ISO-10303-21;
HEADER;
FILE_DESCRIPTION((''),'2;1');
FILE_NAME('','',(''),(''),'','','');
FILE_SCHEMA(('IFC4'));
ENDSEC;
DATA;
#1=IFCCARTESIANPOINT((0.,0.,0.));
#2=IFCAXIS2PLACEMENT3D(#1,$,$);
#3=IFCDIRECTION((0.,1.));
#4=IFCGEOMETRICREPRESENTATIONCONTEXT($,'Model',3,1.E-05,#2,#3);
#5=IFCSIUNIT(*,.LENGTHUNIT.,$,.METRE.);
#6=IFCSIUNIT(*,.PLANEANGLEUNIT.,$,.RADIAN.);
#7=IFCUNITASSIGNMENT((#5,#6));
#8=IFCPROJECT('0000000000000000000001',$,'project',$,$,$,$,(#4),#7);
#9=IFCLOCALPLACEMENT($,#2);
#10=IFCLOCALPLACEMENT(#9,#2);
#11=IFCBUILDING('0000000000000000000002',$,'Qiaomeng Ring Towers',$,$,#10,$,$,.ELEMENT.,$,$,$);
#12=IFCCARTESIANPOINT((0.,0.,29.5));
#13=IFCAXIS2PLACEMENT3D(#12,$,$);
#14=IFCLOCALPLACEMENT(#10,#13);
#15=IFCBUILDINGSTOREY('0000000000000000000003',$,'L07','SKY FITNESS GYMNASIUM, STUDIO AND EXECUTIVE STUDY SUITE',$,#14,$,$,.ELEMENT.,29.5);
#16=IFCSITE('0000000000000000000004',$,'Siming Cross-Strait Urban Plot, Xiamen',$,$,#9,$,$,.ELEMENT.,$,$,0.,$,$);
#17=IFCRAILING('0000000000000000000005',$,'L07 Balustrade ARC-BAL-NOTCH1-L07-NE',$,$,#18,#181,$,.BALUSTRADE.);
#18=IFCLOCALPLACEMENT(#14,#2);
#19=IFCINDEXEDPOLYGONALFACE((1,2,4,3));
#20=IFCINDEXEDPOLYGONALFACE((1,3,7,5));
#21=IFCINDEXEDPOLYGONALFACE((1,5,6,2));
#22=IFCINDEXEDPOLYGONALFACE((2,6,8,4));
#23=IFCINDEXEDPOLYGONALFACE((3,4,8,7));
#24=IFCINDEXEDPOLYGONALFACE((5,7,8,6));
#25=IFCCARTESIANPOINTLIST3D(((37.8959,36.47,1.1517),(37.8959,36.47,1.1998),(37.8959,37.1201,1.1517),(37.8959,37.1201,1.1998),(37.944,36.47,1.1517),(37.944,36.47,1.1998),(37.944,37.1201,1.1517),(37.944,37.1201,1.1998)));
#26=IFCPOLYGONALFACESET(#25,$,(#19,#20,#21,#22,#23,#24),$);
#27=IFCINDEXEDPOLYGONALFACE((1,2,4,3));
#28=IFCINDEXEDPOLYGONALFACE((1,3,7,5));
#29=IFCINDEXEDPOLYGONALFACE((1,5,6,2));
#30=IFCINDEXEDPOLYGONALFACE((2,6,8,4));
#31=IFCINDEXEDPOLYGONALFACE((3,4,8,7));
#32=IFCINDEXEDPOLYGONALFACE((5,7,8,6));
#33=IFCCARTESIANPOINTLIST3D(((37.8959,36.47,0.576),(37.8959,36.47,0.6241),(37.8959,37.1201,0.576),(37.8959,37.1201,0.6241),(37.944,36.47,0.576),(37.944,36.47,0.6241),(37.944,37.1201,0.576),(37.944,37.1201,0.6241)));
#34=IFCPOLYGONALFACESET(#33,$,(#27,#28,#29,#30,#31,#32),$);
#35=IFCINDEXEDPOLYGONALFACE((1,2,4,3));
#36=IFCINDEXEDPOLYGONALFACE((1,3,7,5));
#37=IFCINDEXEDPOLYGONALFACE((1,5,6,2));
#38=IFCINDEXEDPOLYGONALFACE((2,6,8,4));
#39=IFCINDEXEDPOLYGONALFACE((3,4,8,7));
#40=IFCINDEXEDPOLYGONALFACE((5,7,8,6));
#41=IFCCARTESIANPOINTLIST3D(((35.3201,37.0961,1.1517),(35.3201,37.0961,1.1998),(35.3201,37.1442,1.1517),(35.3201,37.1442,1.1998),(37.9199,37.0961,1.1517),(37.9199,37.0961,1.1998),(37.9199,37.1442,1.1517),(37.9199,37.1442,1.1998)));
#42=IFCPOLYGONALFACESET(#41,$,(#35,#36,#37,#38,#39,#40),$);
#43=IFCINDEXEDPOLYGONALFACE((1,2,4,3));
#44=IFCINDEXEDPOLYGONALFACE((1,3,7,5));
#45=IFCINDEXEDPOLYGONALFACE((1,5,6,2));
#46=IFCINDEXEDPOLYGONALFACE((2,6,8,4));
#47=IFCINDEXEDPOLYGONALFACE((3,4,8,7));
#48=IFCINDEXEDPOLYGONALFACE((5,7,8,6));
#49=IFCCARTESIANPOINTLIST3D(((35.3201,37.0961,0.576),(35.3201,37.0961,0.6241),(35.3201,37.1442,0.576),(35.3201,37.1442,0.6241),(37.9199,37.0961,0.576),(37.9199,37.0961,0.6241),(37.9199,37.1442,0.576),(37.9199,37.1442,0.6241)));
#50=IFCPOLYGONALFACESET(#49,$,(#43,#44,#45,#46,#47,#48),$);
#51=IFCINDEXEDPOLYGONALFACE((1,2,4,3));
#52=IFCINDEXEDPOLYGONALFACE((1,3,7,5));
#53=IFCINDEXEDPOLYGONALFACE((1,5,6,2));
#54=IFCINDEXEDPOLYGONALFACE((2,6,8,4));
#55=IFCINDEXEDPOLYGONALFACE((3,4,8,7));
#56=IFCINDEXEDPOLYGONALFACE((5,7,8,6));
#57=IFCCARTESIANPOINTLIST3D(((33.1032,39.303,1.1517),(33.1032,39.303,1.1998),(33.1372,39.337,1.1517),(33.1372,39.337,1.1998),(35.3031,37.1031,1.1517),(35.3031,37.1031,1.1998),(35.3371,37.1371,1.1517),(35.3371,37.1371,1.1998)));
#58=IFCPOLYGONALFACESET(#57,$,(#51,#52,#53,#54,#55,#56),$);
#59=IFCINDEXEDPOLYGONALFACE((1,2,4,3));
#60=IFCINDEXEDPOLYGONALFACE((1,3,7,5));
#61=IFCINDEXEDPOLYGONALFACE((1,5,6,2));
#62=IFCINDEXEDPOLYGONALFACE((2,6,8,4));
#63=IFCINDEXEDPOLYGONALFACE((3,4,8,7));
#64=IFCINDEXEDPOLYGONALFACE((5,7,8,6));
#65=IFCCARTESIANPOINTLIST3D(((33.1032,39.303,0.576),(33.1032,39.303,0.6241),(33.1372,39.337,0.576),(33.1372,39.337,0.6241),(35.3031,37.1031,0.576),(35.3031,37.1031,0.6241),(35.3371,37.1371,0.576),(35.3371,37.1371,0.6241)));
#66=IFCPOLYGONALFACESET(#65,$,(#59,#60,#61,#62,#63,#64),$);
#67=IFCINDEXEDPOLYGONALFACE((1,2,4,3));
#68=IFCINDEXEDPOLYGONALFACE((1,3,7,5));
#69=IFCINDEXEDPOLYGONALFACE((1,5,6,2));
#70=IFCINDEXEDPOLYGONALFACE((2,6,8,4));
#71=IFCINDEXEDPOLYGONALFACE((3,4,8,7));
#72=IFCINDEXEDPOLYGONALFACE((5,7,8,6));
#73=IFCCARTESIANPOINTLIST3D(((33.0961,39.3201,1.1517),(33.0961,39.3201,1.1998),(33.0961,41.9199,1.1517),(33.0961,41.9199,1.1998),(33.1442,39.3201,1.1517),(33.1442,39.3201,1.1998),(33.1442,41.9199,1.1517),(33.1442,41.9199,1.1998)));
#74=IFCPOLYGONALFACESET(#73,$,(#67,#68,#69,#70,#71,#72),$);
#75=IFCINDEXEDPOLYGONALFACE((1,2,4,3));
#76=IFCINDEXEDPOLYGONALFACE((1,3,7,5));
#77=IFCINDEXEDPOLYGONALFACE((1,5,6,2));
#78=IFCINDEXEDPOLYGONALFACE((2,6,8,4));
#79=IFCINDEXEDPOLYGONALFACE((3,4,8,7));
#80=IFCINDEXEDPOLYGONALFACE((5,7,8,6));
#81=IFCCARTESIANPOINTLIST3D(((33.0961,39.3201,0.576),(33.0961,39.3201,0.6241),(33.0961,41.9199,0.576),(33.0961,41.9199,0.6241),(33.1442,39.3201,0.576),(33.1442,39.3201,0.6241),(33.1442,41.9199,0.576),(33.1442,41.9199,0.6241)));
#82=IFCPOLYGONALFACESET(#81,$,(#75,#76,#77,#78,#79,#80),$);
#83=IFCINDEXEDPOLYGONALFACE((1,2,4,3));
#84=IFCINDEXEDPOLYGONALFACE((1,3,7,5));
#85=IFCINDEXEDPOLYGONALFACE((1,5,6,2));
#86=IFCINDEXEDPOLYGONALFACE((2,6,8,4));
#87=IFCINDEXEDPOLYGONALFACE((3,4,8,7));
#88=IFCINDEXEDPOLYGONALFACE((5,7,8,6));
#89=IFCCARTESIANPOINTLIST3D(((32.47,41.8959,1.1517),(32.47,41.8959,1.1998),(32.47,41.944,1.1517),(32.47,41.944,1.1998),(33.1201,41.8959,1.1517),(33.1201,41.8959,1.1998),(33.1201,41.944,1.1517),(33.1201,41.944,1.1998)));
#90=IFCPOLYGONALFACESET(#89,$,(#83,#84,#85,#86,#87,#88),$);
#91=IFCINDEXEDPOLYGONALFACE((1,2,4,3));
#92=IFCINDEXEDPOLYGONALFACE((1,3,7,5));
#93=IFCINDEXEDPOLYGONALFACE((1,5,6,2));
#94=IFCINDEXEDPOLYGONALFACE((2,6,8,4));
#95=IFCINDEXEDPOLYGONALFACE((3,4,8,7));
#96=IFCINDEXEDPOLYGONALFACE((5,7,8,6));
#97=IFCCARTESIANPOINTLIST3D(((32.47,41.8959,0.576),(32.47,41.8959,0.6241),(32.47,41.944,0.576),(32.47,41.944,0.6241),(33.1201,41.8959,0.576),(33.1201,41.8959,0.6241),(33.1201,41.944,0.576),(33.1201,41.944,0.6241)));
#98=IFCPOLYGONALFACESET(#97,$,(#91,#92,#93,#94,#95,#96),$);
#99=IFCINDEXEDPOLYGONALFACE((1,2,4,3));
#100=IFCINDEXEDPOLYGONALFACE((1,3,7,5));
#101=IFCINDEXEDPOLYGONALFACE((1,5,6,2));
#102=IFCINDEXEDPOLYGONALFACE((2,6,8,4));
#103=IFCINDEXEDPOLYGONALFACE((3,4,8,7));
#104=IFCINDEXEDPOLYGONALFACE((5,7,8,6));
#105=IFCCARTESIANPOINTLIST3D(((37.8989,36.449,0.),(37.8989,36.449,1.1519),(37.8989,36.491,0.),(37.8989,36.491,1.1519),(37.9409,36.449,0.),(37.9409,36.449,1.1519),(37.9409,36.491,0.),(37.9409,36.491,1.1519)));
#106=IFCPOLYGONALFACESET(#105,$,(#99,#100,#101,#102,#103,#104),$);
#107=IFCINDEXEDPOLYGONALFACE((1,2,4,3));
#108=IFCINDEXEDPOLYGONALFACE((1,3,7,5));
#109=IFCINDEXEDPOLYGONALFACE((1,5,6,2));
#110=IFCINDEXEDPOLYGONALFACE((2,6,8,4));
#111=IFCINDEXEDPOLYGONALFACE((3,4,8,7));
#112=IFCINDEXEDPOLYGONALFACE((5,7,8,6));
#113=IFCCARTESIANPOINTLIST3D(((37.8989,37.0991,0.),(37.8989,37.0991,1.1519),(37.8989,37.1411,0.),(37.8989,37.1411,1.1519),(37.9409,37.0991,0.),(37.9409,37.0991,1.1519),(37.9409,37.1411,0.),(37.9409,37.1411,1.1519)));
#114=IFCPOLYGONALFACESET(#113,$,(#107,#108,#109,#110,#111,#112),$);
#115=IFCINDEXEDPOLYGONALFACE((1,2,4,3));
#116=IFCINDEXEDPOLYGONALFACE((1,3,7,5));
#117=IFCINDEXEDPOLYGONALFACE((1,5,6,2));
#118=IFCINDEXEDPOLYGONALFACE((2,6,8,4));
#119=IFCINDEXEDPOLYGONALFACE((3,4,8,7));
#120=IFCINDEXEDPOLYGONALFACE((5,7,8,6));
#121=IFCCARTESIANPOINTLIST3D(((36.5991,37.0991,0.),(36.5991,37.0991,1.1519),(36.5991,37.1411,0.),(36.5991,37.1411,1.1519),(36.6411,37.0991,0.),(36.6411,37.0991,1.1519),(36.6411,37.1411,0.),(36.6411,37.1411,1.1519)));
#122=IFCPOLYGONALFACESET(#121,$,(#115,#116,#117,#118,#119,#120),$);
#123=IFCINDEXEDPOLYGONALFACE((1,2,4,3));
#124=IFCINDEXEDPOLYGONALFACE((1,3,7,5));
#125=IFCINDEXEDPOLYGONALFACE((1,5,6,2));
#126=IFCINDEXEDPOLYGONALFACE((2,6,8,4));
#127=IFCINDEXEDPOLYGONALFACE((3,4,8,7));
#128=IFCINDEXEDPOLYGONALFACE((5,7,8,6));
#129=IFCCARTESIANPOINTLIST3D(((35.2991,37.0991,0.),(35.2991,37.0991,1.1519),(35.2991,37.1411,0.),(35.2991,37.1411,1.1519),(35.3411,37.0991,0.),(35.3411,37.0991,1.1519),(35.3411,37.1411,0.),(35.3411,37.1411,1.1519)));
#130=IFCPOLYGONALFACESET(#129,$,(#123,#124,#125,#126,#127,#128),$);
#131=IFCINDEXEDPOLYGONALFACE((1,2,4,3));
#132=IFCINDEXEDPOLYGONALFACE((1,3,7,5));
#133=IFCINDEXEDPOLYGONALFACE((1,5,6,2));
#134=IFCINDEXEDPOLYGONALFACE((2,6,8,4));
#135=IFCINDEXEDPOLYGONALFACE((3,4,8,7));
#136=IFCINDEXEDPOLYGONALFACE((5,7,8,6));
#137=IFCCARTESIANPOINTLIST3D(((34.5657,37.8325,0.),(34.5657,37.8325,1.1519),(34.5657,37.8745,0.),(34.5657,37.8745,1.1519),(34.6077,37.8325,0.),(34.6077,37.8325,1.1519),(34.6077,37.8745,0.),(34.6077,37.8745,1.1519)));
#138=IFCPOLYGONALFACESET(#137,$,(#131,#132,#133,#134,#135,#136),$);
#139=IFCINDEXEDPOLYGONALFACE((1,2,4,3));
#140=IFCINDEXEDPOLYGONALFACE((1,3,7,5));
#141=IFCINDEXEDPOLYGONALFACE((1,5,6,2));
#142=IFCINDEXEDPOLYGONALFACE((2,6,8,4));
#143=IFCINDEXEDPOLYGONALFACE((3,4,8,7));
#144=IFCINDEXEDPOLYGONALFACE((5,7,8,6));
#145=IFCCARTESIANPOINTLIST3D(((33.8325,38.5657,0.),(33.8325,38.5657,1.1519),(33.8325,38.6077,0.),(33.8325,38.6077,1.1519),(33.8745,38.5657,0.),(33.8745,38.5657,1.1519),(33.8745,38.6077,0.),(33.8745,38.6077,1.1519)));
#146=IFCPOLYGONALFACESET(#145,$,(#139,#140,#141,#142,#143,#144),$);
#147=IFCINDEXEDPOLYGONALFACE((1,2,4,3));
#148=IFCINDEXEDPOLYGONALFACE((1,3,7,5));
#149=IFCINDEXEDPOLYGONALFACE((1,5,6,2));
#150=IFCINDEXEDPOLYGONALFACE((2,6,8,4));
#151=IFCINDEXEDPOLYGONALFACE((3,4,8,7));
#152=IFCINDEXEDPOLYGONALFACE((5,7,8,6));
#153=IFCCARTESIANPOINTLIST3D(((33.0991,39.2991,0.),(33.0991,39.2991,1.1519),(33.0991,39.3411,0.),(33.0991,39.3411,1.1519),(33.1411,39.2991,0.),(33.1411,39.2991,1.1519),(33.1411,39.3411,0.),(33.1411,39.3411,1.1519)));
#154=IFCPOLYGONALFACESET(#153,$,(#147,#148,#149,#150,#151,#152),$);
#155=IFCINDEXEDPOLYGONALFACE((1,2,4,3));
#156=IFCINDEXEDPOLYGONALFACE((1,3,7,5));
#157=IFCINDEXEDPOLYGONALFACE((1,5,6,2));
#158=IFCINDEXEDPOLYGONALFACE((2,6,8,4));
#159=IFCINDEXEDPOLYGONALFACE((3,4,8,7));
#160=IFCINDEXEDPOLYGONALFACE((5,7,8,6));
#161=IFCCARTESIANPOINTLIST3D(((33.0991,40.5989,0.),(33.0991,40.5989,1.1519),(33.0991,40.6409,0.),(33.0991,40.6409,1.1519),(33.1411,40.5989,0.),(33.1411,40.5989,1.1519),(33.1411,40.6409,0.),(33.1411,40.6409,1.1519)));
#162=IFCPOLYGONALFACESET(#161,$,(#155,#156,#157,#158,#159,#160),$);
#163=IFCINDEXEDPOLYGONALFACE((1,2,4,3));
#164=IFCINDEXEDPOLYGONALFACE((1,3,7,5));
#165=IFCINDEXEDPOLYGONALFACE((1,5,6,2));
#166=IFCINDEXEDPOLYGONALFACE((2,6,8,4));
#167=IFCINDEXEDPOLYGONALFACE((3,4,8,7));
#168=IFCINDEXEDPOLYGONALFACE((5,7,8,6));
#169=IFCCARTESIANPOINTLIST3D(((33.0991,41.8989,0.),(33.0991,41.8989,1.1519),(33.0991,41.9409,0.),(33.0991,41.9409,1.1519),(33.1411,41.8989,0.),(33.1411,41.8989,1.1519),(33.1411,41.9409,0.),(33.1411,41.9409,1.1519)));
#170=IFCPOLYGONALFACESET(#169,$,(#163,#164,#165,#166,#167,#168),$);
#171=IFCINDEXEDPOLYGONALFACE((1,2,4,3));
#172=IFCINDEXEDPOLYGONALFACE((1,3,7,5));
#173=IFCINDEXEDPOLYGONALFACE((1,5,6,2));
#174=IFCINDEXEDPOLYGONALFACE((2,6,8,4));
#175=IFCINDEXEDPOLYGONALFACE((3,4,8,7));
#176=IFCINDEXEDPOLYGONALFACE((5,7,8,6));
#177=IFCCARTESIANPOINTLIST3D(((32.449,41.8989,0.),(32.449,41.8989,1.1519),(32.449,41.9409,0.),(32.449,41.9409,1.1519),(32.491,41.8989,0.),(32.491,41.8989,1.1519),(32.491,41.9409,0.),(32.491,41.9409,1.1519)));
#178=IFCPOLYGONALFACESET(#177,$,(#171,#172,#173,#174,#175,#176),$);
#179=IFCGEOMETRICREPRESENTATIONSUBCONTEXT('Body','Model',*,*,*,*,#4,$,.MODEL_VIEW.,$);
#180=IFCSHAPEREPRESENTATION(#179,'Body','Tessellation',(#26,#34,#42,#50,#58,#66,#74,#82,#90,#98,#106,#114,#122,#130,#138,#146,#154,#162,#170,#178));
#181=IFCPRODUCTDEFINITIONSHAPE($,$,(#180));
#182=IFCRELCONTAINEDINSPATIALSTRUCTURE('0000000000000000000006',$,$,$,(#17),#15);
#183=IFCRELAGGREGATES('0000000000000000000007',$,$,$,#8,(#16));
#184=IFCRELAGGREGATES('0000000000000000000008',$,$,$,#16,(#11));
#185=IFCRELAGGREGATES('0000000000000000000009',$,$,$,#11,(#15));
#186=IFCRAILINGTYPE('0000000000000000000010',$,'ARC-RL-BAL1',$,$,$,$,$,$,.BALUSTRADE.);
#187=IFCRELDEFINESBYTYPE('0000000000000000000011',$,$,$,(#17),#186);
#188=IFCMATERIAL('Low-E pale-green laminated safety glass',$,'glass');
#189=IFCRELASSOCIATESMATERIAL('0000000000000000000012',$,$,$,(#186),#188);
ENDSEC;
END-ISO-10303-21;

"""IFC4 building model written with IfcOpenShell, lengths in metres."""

from ifc_helpers import new_model, si_unit, direction, frame, origin, origin_2d, place, context, subcontext, project, spatial, rectangle, extrude, material, type_object, element, save


model = new_model("IFC4")

# Units and contexts
model_context = context("Model", 3, precision=1e-05, world=origin(), true_north=direction((0.0, 1.0)))
body_context = subcontext(model_context, "Body", "Model", "MODEL_VIEW")
ifc_project = project(units=[si_unit("LENGTHUNIT", "METRE"), si_unit("PLANEANGLEUNIT", "RADIAN")], contexts=[model_context])

# Site, building, storey
site_placement = place(None, origin())
site = spatial("IfcSite", under=ifc_project, at=site_placement, Name="Siming Cross-Strait Urban Plot, Xiamen", CompositionType="ELEMENT", RefElevation=0.0)
building_placement = place(site_placement, origin())
building = spatial("IfcBuilding", under=site, at=building_placement, Name="Qiaomeng Ring Towers", CompositionType="ELEMENT")
storey_placement = place(building_placement, frame((0.0, 0.0, 29.5)))
storey = spatial("IfcBuildingStorey", under=building, at=storey_placement, Name="L07", Description="SKY FITNESS GYMNASIUM, STUDIO AND EXECUTIVE STUDY SUITE", CompositionType="ELEMENT", Elevation=29.5)

# Railing
ifc_material_1 = material(Name="Low-E pale-green laminated safety glass", Category="glass")
railing_type = type_object("IfcRailingType", Name="ARC-RL-BAL1", PredefinedType="BALUSTRADE", material=ifc_material_1)
railing_placement = place(storey_placement, frame((37.9199, 36.47, 0.0)))
element("IfcRailing", 1, at=railing_placement, inside=storey, type_object=railing_type, Name="L07 Balustrade ARC-BAL-NOTCH1-L07-NE", PredefinedType="BALUSTRADE", context=body_context, shape_type="SweptSolid", body=[
    extrude(rectangle(XDim=0.0481, YDim=0.0481, at=origin_2d()), frame((0.0, 0.0, 1.1758), z_axis=(0.0, 1.0, 0.0), x_axis=(-1.0, 0.0, 0.0)), (0.0, 0.0, 1.0), 0.6501),
    extrude(rectangle(XDim=0.0481, YDim=0.0481, at=origin_2d()), frame((0.0, 0.0, 0.6001), z_axis=(0.0, 1.0, 0.0), x_axis=(-1.0, 0.0, 0.0)), (0.0, 0.0, 1.0), 0.6501),
    extrude(rectangle(XDim=0.0481, YDim=0.0481, at=origin_2d()), frame((0.0, 0.6501, 1.1758), z_axis=(-1.0, 0.0, 0.0), x_axis=(0.0, -1.0, 0.0)), (0.0, 0.0, 1.0), 2.5999),
    extrude(rectangle(XDim=0.0481, YDim=0.0481, at=origin_2d()), frame((0.0, 0.6501, 0.6001), z_axis=(-1.0, 0.0, 0.0), x_axis=(0.0, -1.0, 0.0)), (0.0, 0.0, 1.0), 2.5999),
    extrude(rectangle(XDim=0.0481, YDim=0.0481, at=origin_2d()), frame((-2.5999, 0.6501, 1.1758), z_axis=(-0.707107, 0.707107, 0.0), x_axis=(-0.707107, -0.707107, 0.0)), (0.0, 0.0, 1.0), 3.1111),
    extrude(rectangle(XDim=0.0481, YDim=0.0481, at=origin_2d()), frame((-2.5999, 0.6501, 0.6001), z_axis=(-0.707107, 0.707107, 0.0), x_axis=(-0.707107, -0.707107, 0.0)), (0.0, 0.0, 1.0), 3.1111),
    extrude(rectangle(XDim=0.0481, YDim=0.0481, at=origin_2d()), frame((-4.7998, 2.8501, 1.1758), z_axis=(0.0, 1.0, 0.0), x_axis=(-1.0, 0.0, 0.0)), (0.0, 0.0, 1.0), 2.5999),
    extrude(rectangle(XDim=0.0481, YDim=0.0481, at=origin_2d()), frame((-4.7998, 2.8501, 0.6001), z_axis=(0.0, 1.0, 0.0), x_axis=(-1.0, 0.0, 0.0)), (0.0, 0.0, 1.0), 2.5999),
    extrude(rectangle(XDim=0.0481, YDim=0.0481, at=origin_2d()), frame((-4.7998, 5.45, 1.1758), z_axis=(-1.0, 0.0, 0.0), x_axis=(0.0, -1.0, 0.0)), (0.0, 0.0, 1.0), 0.6501),
    extrude(rectangle(XDim=0.0481, YDim=0.0481, at=origin_2d()), frame((-4.7998, 5.45, 0.6001), z_axis=(-1.0, 0.0, 0.0), x_axis=(0.0, -1.0, 0.0)), (0.0, 0.0, 1.0), 0.6501),
    extrude(rectangle(XDim=0.042, YDim=0.042, at=origin_2d()), origin(), (0.0, 0.0, 1.0), 1.1519),
    extrude(rectangle(XDim=0.042, YDim=0.042, at=origin_2d()), frame((0.0, 0.6501, 0.0)), (0.0, 0.0, 1.0), 1.1519),
    extrude(rectangle(XDim=0.042, YDim=0.042, at=origin_2d()), frame((-1.2998, 0.6501, 0.0)), (0.0, 0.0, 1.0), 1.1519),
    extrude(rectangle(XDim=0.042, YDim=0.042, at=origin_2d()), frame((-2.5999, 0.6501, 0.0)), (0.0, 0.0, 1.0), 1.1519),
    extrude(rectangle(XDim=0.042, YDim=0.042, at=origin_2d()), frame((-3.3333, 1.3835, 0.0)), (0.0, 0.0, 1.0), 1.1519),
    extrude(rectangle(XDim=0.042, YDim=0.042, at=origin_2d()), frame((-4.0664, 2.1167, 0.0)), (0.0, 0.0, 1.0), 1.1519),
    extrude(rectangle(XDim=0.042, YDim=0.042, at=origin_2d()), frame((-4.7998, 2.8501, 0.0)), (0.0, 0.0, 1.0), 1.1519),
    extrude(rectangle(XDim=0.042, YDim=0.042, at=origin_2d()), frame((-4.7998, 4.1499, 0.0)), (0.0, 0.0, 1.0), 1.1519),
    extrude(rectangle(XDim=0.042, YDim=0.042, at=origin_2d()), frame((-4.7998, 5.45, 0.0)), (0.0, 0.0, 1.0), 1.1519),
    extrude(rectangle(XDim=0.042, YDim=0.042, at=origin_2d()), frame((-5.45, 5.45, 0.0)), (0.0, 0.0, 1.0), 1.1519),
])

save(model, "model.ifc")
